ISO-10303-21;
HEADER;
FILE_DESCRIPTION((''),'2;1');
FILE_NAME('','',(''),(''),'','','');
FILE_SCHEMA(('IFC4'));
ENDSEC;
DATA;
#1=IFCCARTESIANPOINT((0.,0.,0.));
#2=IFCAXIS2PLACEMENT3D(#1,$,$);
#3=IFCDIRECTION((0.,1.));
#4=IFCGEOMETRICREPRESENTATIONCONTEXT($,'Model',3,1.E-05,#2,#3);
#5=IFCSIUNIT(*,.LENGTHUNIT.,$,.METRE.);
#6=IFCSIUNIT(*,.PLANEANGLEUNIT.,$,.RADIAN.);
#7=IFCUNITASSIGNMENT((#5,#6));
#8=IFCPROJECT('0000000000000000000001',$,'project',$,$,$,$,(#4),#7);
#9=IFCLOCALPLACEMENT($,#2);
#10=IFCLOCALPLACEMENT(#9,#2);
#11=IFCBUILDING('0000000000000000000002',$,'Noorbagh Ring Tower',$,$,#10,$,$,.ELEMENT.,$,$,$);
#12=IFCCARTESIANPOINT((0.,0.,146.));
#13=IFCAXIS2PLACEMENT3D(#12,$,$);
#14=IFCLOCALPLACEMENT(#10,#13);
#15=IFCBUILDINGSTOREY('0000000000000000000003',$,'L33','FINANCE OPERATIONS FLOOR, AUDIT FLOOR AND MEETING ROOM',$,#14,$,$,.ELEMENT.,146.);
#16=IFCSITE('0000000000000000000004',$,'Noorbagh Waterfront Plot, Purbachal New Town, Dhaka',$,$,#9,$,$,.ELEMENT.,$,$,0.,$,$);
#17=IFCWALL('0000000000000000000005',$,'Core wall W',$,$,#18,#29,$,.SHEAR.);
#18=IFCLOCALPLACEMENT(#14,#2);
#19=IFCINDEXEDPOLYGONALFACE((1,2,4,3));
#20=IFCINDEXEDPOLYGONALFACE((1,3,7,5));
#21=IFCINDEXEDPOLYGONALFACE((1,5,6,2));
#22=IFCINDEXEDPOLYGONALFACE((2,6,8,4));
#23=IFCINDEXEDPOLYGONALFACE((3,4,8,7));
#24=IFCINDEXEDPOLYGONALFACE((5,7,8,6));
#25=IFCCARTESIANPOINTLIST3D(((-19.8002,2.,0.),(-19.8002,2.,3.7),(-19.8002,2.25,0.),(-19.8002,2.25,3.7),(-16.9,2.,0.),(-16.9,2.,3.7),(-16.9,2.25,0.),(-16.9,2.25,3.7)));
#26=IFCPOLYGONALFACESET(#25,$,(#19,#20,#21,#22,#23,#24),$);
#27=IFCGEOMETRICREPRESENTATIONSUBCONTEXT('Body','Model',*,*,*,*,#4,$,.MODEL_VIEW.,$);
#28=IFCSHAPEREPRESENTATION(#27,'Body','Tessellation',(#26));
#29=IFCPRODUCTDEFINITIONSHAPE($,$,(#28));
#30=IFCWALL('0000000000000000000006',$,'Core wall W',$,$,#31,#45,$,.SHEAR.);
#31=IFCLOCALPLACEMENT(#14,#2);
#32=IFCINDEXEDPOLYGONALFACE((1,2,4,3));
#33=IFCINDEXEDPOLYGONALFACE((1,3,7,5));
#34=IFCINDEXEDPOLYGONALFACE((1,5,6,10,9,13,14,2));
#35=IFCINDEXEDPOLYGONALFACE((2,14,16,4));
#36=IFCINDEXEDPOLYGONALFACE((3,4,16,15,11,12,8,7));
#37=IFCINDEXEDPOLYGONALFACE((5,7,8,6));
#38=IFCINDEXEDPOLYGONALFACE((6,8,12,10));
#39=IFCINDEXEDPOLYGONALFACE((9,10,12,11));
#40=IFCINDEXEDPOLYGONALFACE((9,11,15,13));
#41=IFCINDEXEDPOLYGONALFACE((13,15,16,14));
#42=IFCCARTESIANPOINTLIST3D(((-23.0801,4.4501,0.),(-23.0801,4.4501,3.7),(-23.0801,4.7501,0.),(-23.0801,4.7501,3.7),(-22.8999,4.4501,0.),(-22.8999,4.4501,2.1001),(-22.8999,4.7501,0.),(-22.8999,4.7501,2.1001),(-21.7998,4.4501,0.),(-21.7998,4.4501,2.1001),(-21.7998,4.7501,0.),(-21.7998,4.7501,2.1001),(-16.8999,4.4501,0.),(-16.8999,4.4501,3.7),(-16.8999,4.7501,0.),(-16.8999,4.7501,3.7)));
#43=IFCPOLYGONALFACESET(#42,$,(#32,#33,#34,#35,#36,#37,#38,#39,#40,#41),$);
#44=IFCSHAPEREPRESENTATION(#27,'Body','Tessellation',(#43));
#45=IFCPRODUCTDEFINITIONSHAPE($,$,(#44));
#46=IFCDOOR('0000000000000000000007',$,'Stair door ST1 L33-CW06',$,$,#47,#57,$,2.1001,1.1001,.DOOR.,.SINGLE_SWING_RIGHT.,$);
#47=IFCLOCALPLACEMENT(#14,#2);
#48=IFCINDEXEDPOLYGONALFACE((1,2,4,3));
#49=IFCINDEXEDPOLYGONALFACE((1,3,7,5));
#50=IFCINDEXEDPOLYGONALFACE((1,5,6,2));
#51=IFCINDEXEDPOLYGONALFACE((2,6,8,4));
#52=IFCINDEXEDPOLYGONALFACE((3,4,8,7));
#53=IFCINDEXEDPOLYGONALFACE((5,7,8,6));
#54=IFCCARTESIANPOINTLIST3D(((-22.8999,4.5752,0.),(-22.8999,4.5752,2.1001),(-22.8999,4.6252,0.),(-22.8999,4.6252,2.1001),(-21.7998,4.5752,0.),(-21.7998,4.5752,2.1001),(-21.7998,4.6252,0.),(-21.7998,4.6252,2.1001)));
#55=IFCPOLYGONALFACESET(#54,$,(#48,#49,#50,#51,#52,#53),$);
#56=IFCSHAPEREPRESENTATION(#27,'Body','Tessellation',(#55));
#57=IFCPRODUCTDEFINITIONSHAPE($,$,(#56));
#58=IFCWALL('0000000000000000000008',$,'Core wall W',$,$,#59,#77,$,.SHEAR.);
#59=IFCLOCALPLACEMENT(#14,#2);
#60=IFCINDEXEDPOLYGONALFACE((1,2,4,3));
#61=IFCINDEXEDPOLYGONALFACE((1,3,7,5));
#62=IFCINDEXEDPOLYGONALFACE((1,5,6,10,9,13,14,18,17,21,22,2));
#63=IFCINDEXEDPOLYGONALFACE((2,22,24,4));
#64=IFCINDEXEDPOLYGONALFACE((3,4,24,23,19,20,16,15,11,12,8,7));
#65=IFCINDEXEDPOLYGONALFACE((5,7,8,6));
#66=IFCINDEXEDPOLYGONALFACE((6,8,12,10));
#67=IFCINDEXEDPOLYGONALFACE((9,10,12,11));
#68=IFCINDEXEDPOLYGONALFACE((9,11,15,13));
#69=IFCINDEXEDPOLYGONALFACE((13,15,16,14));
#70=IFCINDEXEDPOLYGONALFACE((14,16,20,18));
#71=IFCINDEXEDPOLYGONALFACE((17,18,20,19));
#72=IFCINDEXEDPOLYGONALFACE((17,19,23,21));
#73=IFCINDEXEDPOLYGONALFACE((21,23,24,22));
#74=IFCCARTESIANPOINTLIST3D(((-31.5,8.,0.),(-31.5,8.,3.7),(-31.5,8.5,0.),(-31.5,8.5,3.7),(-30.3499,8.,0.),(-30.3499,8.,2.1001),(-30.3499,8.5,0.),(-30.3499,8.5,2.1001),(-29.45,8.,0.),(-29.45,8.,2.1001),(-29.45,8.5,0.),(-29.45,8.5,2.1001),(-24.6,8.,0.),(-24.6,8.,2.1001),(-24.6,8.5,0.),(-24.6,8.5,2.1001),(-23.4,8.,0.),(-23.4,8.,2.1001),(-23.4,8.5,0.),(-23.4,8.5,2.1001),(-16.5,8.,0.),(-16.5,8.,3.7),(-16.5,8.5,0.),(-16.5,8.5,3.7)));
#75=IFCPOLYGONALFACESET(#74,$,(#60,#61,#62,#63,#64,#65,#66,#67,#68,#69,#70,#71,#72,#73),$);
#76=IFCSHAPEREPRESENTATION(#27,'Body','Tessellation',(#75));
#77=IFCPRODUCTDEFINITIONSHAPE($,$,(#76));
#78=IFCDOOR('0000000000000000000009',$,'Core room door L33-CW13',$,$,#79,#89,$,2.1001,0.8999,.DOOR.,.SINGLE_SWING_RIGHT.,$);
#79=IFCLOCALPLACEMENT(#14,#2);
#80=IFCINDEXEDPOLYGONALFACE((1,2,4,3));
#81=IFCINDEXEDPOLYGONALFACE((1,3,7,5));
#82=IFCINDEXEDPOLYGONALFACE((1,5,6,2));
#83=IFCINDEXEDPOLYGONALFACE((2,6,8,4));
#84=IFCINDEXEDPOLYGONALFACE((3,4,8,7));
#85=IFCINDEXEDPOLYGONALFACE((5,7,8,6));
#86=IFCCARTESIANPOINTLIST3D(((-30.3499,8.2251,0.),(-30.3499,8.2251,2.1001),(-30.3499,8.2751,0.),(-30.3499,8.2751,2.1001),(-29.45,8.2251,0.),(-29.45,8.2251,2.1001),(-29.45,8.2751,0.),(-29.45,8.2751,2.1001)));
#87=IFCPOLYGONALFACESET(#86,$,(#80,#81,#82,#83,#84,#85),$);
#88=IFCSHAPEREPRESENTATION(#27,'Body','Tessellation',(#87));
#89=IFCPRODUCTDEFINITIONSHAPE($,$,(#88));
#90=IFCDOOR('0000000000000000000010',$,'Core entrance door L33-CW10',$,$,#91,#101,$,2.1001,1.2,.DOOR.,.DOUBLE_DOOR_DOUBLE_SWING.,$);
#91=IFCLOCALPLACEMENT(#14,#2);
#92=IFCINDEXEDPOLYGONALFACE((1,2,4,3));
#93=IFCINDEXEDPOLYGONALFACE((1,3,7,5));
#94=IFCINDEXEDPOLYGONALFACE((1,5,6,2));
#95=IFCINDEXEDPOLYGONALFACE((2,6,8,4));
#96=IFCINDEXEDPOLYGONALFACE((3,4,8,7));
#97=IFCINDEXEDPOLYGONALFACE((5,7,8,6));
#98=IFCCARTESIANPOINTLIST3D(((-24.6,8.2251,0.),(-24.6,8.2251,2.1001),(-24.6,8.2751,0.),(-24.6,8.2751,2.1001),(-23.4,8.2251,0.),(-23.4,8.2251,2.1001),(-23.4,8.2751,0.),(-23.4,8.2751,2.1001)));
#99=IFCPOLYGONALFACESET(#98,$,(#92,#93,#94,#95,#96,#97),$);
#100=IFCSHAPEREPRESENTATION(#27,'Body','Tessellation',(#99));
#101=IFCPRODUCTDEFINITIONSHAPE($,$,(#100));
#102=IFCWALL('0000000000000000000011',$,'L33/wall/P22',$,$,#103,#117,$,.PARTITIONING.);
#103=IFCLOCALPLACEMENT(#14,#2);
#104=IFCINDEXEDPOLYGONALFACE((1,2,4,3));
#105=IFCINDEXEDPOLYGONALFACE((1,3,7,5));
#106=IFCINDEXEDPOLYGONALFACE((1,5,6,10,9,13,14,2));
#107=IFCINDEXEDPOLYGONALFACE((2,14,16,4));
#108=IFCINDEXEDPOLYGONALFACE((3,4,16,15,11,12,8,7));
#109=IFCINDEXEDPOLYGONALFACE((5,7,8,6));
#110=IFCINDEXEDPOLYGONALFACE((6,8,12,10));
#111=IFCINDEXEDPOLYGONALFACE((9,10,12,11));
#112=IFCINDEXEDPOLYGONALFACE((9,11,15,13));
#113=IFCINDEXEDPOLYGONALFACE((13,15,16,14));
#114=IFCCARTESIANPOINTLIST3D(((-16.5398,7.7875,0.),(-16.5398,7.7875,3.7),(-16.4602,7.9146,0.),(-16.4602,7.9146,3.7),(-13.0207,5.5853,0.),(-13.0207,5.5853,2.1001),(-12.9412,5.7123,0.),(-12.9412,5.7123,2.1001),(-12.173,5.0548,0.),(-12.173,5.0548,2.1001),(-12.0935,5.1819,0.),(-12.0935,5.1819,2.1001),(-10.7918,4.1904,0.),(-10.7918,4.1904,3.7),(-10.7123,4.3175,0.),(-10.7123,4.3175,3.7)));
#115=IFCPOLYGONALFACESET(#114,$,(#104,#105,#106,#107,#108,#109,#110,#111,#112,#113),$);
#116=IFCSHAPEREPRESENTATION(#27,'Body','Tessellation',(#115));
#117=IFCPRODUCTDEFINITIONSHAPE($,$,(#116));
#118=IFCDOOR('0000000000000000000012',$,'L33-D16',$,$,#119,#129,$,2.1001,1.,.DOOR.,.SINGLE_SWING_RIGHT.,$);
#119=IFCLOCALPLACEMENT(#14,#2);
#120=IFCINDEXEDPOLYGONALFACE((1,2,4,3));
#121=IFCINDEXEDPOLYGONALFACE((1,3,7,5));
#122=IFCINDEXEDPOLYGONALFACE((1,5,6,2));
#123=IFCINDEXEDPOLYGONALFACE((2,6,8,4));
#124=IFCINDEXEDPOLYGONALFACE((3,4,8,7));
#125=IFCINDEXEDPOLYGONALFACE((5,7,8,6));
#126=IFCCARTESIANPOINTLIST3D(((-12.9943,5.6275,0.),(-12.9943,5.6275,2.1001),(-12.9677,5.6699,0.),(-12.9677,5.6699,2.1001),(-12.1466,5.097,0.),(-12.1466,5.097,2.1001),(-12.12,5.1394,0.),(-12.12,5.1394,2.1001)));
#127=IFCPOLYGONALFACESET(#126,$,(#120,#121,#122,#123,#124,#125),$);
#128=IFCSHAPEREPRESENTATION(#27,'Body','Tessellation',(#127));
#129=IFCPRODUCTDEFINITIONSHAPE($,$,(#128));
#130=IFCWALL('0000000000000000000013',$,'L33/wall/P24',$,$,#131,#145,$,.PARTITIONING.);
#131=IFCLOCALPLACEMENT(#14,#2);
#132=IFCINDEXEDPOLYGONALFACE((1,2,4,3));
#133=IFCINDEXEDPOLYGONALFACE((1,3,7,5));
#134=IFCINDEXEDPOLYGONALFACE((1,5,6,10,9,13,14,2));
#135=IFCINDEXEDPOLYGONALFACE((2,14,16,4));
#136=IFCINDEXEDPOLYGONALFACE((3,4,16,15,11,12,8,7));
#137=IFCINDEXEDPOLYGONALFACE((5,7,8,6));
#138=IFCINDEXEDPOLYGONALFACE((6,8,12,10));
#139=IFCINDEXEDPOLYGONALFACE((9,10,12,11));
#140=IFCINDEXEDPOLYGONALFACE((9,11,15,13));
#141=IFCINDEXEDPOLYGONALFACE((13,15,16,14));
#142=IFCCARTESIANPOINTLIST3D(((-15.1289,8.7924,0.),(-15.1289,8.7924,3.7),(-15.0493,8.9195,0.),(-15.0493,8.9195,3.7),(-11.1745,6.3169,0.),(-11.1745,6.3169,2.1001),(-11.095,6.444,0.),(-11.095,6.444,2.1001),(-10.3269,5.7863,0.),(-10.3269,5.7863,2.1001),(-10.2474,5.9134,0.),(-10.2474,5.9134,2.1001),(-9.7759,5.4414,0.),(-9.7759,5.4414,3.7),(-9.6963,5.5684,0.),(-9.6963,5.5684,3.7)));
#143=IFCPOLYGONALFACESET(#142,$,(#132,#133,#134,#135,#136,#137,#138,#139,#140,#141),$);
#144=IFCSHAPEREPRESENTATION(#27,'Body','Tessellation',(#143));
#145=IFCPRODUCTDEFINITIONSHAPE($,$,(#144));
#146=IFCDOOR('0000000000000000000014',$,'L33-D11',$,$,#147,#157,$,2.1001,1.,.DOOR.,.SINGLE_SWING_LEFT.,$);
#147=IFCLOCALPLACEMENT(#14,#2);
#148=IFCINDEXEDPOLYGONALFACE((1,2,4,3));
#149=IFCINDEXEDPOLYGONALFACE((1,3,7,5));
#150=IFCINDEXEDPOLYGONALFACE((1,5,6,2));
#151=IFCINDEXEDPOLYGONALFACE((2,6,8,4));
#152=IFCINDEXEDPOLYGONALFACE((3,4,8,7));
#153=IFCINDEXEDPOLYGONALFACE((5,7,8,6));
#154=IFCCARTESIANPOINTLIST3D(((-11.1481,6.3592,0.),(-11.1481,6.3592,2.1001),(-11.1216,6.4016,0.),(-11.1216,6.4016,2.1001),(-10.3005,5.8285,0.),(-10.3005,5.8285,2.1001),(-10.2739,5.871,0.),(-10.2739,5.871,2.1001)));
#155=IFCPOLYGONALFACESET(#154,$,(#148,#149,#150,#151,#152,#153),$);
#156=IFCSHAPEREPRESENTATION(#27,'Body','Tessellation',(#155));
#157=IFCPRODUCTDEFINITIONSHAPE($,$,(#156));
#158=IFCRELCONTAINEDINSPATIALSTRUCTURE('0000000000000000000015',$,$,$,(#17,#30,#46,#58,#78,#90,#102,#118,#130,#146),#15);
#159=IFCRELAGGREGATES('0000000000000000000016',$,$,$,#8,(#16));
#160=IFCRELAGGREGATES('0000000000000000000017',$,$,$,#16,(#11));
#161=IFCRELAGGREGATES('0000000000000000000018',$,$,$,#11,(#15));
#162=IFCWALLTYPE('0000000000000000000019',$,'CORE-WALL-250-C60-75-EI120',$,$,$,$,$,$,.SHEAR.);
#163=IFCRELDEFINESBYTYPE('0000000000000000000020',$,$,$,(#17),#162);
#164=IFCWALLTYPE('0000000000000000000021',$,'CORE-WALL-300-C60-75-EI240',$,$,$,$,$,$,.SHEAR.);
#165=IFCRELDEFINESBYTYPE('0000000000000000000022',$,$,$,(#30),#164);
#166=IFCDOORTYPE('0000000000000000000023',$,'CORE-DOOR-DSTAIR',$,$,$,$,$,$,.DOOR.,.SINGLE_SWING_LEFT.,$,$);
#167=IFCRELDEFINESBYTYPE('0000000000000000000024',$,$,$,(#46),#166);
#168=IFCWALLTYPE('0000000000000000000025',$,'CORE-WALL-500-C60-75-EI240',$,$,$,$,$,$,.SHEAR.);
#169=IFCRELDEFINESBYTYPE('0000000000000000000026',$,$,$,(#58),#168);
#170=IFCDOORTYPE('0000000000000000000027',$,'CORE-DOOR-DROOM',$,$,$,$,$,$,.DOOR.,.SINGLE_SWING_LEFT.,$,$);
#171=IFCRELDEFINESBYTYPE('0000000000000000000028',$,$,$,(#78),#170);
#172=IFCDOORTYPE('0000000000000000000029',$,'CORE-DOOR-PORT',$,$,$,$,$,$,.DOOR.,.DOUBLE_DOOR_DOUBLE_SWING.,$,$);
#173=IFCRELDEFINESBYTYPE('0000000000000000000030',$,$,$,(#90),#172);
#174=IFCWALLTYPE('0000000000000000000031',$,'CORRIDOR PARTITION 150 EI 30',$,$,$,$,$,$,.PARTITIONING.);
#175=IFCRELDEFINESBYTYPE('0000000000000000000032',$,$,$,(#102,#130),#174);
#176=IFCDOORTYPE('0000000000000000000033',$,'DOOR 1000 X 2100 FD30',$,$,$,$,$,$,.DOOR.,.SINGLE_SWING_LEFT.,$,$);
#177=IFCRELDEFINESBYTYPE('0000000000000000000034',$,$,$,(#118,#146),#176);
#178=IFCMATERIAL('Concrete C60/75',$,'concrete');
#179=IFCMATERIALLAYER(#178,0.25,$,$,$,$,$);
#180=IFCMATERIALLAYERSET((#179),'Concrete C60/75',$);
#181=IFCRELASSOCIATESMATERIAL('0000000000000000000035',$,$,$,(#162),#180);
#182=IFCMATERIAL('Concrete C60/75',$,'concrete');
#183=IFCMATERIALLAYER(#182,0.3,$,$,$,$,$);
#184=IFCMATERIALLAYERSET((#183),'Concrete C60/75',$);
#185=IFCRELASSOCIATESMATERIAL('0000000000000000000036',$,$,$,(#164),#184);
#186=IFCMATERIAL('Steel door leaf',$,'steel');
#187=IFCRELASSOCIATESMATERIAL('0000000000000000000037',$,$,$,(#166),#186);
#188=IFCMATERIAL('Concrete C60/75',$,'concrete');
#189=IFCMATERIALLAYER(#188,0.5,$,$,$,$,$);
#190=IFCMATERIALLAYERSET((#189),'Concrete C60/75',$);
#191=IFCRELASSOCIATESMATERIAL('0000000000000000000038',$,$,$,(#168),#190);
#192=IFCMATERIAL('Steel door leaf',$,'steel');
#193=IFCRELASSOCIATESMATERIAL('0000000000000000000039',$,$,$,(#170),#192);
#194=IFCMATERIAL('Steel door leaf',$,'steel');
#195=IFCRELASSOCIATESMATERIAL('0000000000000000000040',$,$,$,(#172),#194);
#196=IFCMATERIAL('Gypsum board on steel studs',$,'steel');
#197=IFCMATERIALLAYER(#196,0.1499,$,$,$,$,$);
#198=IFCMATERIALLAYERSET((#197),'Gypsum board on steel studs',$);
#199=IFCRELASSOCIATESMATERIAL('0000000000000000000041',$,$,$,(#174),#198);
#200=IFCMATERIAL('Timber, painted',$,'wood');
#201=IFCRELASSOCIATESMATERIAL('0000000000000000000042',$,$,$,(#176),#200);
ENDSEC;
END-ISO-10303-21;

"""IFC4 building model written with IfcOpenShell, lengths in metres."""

from ifc_helpers import new_model, si_unit, direction, frame, frame_2d, origin, place, context, subcontext, project, spatial, rectangle, extrude, material, layer, layer_set, type_object, element, fill, save


model = new_model("IFC4")

# Units and contexts
model_context = context("Model", 3, precision=1e-05, world=origin(), true_north=direction((0.0, 1.0)))
body_context = subcontext(model_context, "Body", "Model", "MODEL_VIEW")
ifc_project = project(units=[si_unit("LENGTHUNIT", "METRE"), si_unit("PLANEANGLEUNIT", "RADIAN")], contexts=[model_context])

# Site, building, storey
site_placement = place(None, origin())
site = spatial("IfcSite", under=ifc_project, at=site_placement, Name="Noorbagh Waterfront Plot, Purbachal New Town, Dhaka", CompositionType="ELEMENT", RefElevation=0.0)
building_placement = place(site_placement, origin())
building = spatial("IfcBuilding", under=site, at=building_placement, Name="Noorbagh Ring Tower", CompositionType="ELEMENT")
storey_placement = place(building_placement, frame((0.0, 0.0, 146.0)))
storey = spatial("IfcBuildingStorey", under=building, at=storey_placement, Name="L33", Description="FINANCE OPERATIONS FLOOR, AUDIT FLOOR AND MEETING ROOM", CompositionType="ELEMENT", Elevation=146.0)

# Wall
ifc_material_1 = material(Name="Concrete C60/75", Category="concrete")
ifc_layer_1 = layer(ifc_material_1, 0.25)
ifc_layer_set_1 = layer_set([ifc_layer_1], Name="Concrete C60/75")
wall_type_1 = type_object("IfcWallType", Name="CORE-WALL-250-C60-75-EI120", PredefinedType="SHEAR", material=ifc_layer_set_1)
wall_1_placement = place(storey_placement, frame((-16.8999, 2.125, 0.0), z_axis=(0.0, 0.0, 1.0), x_axis=(-1.0, 0.0, 0.0)))
element("IfcWall", 1, at=wall_1_placement, inside=storey, type_object=wall_type_1, Name="Core wall W", PredefinedType="SHEAR", context=body_context, shape_type="SweptSolid", body=[
    extrude(rectangle(XDim=2.9001, YDim=0.25, at=frame_2d((1.4502, 0.0))), origin(), (0.0, 0.0, 1.0), 3.7),
])

# Wall, opening, door
ifc_material_2 = material(Name="Concrete C60/75", Category="concrete")
ifc_layer_2 = layer(ifc_material_2, 0.3)
ifc_layer_set_2 = layer_set([ifc_layer_2], Name="Concrete C60/75")
wall_type_2 = type_object("IfcWallType", Name="CORE-WALL-300-C60-75-EI240", PredefinedType="SHEAR", material=ifc_layer_set_2)
wall_2_placement = place(storey_placement, frame((-16.8999, 4.6001, 0.0), z_axis=(0.0, 0.0, 1.0), x_axis=(-1.0, 0.0, 0.0)))
wall_2 = element("IfcWall", 2, at=wall_2_placement, inside=storey, type_object=wall_type_2, Name="Core wall W", PredefinedType="SHEAR", context=body_context, shape_type="SweptSolid", body=[
    extrude(rectangle(XDim=6.1802, YDim=0.3, at=frame_2d((3.0901, 0.0))), origin(), (0.0, 0.0, 1.0), 3.7),
])
opening_1_placement = place(wall_2_placement, frame((4.8999, 0.0, 0.0)))
opening_1 = element("IfcOpeningElement", 3, at=opening_1_placement, cuts=wall_2, PredefinedType="OPENING", context=body_context, shape_type="SweptSolid", body=[
    extrude(rectangle(XDim=1.1001, YDim=2.1001, at=frame_2d((0.55, 1.05))), frame((0.0, 0.1602, 0.0), z_axis=(0.0, -1.0, 0.0), x_axis=(1.0, 0.0, 0.0)), (0.0, 0.0, 1.0), 0.3201),
])
ifc_material_3 = material(Name="Steel door leaf", Category="steel")
door_type_1 = type_object("IfcDoorType", Name="CORE-DOOR-DSTAIR", OperationType="SINGLE_SWING_LEFT", PredefinedType="DOOR", material=ifc_material_3)
door_1_placement = place(opening_1_placement, origin())
door_1 = element("IfcDoor", 4, at=door_1_placement, inside=storey, type_object=door_type_1, Name="Stair door ST1 L33-CW06", OperationType="SINGLE_SWING_RIGHT", OverallHeight=2.1001, OverallWidth=1.1001, PredefinedType="DOOR", context=body_context, shape_type="SweptSolid", body=[
    extrude(rectangle(XDim=1.1001, YDim=2.1001, at=frame_2d((0.55, 1.05))), frame((0.0, 0.0249, 0.0), z_axis=(0.0, -1.0, 0.0), x_axis=(1.0, 0.0, 0.0)), (0.0, 0.0, 1.0), 0.05),
])
fill(opening_1, door_1)

# Wall, openings, doors
ifc_material_4 = material(Name="Concrete C60/75", Category="concrete")
ifc_layer_3 = layer(ifc_material_4, 0.5)
ifc_layer_set_3 = layer_set([ifc_layer_3], Name="Concrete C60/75")
wall_type_3 = type_object("IfcWallType", Name="CORE-WALL-500-C60-75-EI240", PredefinedType="SHEAR", material=ifc_layer_set_3)
wall_3_placement = place(storey_placement, frame((-16.5, 8.25, 0.0), z_axis=(0.0, 0.0, 1.0), x_axis=(-1.0, 0.0, 0.0)))
wall_3 = element("IfcWall", 5, at=wall_3_placement, inside=storey, type_object=wall_type_3, Name="Core wall W", PredefinedType="SHEAR", context=body_context, shape_type="SweptSolid", body=[
    extrude(rectangle(XDim=15.0, YDim=0.5, at=frame_2d((7.5, 0.0))), origin(), (0.0, 0.0, 1.0), 3.7),
])
opening_2_placement = place(wall_3_placement, frame((6.8999, 0.0, 0.0)))
opening_2 = element("IfcOpeningElement", 6, at=opening_2_placement, cuts=wall_3, PredefinedType="OPENING", context=body_context, shape_type="SweptSolid", body=[
    extrude(rectangle(XDim=1.2, YDim=2.1001, at=frame_2d((0.6001, 1.05))), frame((0.0, 0.26, 0.0), z_axis=(0.0, -1.0, 0.0), x_axis=(1.0, 0.0, 0.0)), (0.0, 0.0, 1.0), 0.52),
])
opening_3_placement = place(wall_3_placement, frame((12.95, 0.0, 0.0)))
opening_3 = element("IfcOpeningElement", 7, at=opening_3_placement, cuts=wall_3, PredefinedType="OPENING", context=body_context, shape_type="SweptSolid", body=[
    extrude(rectangle(XDim=0.8999, YDim=2.1001, at=frame_2d((0.45, 1.05))), frame((0.0, 0.26, 0.0), z_axis=(0.0, -1.0, 0.0), x_axis=(1.0, 0.0, 0.0)), (0.0, 0.0, 1.0), 0.52),
])
ifc_material_5 = material(Name="Steel door leaf", Category="steel")
door_type_2 = type_object("IfcDoorType", Name="CORE-DOOR-DROOM", OperationType="SINGLE_SWING_LEFT", PredefinedType="DOOR", material=ifc_material_5)
door_2_placement = place(opening_3_placement, origin())
door_2 = element("IfcDoor", 8, at=door_2_placement, inside=storey, type_object=door_type_2, Name="Core room door L33-CW13", OperationType="SINGLE_SWING_RIGHT", OverallHeight=2.1001, OverallWidth=0.8999, PredefinedType="DOOR", context=body_context, shape_type="SweptSolid", body=[
    extrude(rectangle(XDim=0.8999, YDim=2.1001, at=frame_2d((0.45, 1.05))), frame((0.0, 0.0249, 0.0), z_axis=(0.0, -1.0, 0.0), x_axis=(1.0, 0.0, 0.0)), (0.0, 0.0, 1.0), 0.05),
])
fill(opening_3, door_2)
ifc_material_6 = material(Name="Steel door leaf", Category="steel")
door_type_3 = type_object("IfcDoorType", Name="CORE-DOOR-PORT", OperationType="DOUBLE_DOOR_DOUBLE_SWING", PredefinedType="DOOR", material=ifc_material_6)
door_3_placement = place(opening_2_placement, origin())
door_3 = element("IfcDoor", 9, at=door_3_placement, inside=storey, type_object=door_type_3, Name="Core entrance door L33-CW10", OperationType="DOUBLE_DOOR_DOUBLE_SWING", OverallHeight=2.1001, OverallWidth=1.2, PredefinedType="DOOR", context=body_context, shape_type="SweptSolid", body=[
    extrude(rectangle(XDim=1.2, YDim=2.1001, at=frame_2d((0.6001, 1.05))), frame((0.0, 0.0249, 0.0), z_axis=(0.0, -1.0, 0.0), x_axis=(1.0, 0.0, 0.0)), (0.0, 0.0, 1.0), 0.05),
])
fill(opening_2, door_3)

# Walls, openings, doors
ifc_material_7 = material(Name="Gypsum board on steel studs", Category="steel")
ifc_layer_4 = layer(ifc_material_7, 0.1499)
ifc_layer_set_4 = layer_set([ifc_layer_4], Name="Gypsum board on steel studs")
wall_type_4 = type_object("IfcWallType", Name="CORRIDOR PARTITION 150 EI 30", PredefinedType="PARTITIONING", material=ifc_layer_set_4)
wall_4_placement = place(storey_placement, frame((-16.5, 7.8511, 0.0), z_axis=(0.0, 0.0, 1.0), x_axis=(0.847691, -0.530491, 0.0)))
wall_4 = element("IfcWall", 10, at=wall_4_placement, inside=storey, type_object=wall_type_4, Name="L33/wall/P22", PredefinedType="PARTITIONING", context=body_context, shape_type="SweptSolid", body=[
    extrude(rectangle(XDim=6.7808, YDim=0.1499, at=frame_2d((3.3904, 0.0))), origin(), (0.0, 0.0, 1.0), 3.7),
])
opening_4_placement = place(wall_4_placement, frame((4.1514, 0.0, 0.0)))
opening_4 = element("IfcOpeningElement", 11, at=opening_4_placement, cuts=wall_4, PredefinedType="OPENING", context=body_context, shape_type="SweptSolid", body=[
    extrude(rectangle(XDim=1.0, YDim=2.1001, at=frame_2d((0.5, 1.05))), frame((0.0, 0.085, 0.0), z_axis=(0.0, -1.0, 0.0), x_axis=(1.0, 0.0, 0.0)), (0.0, 0.0, 1.0), 0.1699),
])
ifc_material_8 = material(Name="Timber, painted", Category="wood")
door_type_4 = type_object("IfcDoorType", Name="DOOR 1000 X 2100 FD30", OperationType="SINGLE_SWING_LEFT", PredefinedType="DOOR", material=ifc_material_8)
door_4_placement = place(opening_4_placement, origin())
door_4 = element("IfcDoor", 12, at=door_4_placement, inside=storey, type_object=door_type_4, Name="L33-D16", OperationType="SINGLE_SWING_RIGHT", OverallHeight=2.1001, OverallWidth=1.0, PredefinedType="DOOR", context=body_context, shape_type="SweptSolid", body=[
    extrude(rectangle(XDim=1.0, YDim=2.1001, at=frame_2d((0.5, 1.05))), frame((0.0, 0.0249, 0.0), z_axis=(0.0, -1.0, 0.0), x_axis=(1.0, 0.0, 0.0)), (0.0, 0.0, 1.0), 0.05),
])
fill(opening_4, door_4)
wall_5_placement = place(storey_placement, frame((-15.0891, 8.856, 0.0), z_axis=(0.0, 0.0, 1.0), x_axis=(0.847612, -0.530617, 0.0)))
wall_5 = element("IfcWall", 13, at=wall_5_placement, inside=storey, type_object=wall_type_4, Name="L33/wall/P24", PredefinedType="PARTITIONING", context=body_context, shape_type="SweptSolid", body=[
    extrude(rectangle(XDim=6.3154, YDim=0.1499, at=frame_2d((3.1577, 0.0))), origin(), (0.0, 0.0, 1.0), 3.7),
])
opening_5_placement = place(wall_5_placement, frame((4.6653, 0.0, 0.0)))
opening_5 = element("IfcOpeningElement", 14, at=opening_5_placement, cuts=wall_5, PredefinedType="OPENING", context=body_context, shape_type="SweptSolid", body=[
    extrude(rectangle(XDim=1.0, YDim=2.1001, at=frame_2d((0.5, 1.05))), frame((0.0, 0.085, 0.0), z_axis=(0.0, -1.0, 0.0), x_axis=(1.0, 0.0, 0.0)), (0.0, 0.0, 1.0), 0.1699),
])
door_5_placement = place(opening_5_placement, origin())
door_5 = element("IfcDoor", 15, at=door_5_placement, inside=storey, type_object=door_type_4, Name="L33-D11", OperationType="SINGLE_SWING_LEFT", OverallHeight=2.1001, OverallWidth=1.0, PredefinedType="DOOR", context=body_context, shape_type="SweptSolid", body=[
    extrude(rectangle(XDim=1.0, YDim=2.1001, at=frame_2d((0.5, 1.05))), frame((0.0, 0.0249, 0.0), z_axis=(0.0, -1.0, 0.0), x_axis=(1.0, 0.0, 0.0)), (0.0, 0.0, 1.0), 0.05),
])
fill(opening_5, door_5)

save(model, "model.ifc")
